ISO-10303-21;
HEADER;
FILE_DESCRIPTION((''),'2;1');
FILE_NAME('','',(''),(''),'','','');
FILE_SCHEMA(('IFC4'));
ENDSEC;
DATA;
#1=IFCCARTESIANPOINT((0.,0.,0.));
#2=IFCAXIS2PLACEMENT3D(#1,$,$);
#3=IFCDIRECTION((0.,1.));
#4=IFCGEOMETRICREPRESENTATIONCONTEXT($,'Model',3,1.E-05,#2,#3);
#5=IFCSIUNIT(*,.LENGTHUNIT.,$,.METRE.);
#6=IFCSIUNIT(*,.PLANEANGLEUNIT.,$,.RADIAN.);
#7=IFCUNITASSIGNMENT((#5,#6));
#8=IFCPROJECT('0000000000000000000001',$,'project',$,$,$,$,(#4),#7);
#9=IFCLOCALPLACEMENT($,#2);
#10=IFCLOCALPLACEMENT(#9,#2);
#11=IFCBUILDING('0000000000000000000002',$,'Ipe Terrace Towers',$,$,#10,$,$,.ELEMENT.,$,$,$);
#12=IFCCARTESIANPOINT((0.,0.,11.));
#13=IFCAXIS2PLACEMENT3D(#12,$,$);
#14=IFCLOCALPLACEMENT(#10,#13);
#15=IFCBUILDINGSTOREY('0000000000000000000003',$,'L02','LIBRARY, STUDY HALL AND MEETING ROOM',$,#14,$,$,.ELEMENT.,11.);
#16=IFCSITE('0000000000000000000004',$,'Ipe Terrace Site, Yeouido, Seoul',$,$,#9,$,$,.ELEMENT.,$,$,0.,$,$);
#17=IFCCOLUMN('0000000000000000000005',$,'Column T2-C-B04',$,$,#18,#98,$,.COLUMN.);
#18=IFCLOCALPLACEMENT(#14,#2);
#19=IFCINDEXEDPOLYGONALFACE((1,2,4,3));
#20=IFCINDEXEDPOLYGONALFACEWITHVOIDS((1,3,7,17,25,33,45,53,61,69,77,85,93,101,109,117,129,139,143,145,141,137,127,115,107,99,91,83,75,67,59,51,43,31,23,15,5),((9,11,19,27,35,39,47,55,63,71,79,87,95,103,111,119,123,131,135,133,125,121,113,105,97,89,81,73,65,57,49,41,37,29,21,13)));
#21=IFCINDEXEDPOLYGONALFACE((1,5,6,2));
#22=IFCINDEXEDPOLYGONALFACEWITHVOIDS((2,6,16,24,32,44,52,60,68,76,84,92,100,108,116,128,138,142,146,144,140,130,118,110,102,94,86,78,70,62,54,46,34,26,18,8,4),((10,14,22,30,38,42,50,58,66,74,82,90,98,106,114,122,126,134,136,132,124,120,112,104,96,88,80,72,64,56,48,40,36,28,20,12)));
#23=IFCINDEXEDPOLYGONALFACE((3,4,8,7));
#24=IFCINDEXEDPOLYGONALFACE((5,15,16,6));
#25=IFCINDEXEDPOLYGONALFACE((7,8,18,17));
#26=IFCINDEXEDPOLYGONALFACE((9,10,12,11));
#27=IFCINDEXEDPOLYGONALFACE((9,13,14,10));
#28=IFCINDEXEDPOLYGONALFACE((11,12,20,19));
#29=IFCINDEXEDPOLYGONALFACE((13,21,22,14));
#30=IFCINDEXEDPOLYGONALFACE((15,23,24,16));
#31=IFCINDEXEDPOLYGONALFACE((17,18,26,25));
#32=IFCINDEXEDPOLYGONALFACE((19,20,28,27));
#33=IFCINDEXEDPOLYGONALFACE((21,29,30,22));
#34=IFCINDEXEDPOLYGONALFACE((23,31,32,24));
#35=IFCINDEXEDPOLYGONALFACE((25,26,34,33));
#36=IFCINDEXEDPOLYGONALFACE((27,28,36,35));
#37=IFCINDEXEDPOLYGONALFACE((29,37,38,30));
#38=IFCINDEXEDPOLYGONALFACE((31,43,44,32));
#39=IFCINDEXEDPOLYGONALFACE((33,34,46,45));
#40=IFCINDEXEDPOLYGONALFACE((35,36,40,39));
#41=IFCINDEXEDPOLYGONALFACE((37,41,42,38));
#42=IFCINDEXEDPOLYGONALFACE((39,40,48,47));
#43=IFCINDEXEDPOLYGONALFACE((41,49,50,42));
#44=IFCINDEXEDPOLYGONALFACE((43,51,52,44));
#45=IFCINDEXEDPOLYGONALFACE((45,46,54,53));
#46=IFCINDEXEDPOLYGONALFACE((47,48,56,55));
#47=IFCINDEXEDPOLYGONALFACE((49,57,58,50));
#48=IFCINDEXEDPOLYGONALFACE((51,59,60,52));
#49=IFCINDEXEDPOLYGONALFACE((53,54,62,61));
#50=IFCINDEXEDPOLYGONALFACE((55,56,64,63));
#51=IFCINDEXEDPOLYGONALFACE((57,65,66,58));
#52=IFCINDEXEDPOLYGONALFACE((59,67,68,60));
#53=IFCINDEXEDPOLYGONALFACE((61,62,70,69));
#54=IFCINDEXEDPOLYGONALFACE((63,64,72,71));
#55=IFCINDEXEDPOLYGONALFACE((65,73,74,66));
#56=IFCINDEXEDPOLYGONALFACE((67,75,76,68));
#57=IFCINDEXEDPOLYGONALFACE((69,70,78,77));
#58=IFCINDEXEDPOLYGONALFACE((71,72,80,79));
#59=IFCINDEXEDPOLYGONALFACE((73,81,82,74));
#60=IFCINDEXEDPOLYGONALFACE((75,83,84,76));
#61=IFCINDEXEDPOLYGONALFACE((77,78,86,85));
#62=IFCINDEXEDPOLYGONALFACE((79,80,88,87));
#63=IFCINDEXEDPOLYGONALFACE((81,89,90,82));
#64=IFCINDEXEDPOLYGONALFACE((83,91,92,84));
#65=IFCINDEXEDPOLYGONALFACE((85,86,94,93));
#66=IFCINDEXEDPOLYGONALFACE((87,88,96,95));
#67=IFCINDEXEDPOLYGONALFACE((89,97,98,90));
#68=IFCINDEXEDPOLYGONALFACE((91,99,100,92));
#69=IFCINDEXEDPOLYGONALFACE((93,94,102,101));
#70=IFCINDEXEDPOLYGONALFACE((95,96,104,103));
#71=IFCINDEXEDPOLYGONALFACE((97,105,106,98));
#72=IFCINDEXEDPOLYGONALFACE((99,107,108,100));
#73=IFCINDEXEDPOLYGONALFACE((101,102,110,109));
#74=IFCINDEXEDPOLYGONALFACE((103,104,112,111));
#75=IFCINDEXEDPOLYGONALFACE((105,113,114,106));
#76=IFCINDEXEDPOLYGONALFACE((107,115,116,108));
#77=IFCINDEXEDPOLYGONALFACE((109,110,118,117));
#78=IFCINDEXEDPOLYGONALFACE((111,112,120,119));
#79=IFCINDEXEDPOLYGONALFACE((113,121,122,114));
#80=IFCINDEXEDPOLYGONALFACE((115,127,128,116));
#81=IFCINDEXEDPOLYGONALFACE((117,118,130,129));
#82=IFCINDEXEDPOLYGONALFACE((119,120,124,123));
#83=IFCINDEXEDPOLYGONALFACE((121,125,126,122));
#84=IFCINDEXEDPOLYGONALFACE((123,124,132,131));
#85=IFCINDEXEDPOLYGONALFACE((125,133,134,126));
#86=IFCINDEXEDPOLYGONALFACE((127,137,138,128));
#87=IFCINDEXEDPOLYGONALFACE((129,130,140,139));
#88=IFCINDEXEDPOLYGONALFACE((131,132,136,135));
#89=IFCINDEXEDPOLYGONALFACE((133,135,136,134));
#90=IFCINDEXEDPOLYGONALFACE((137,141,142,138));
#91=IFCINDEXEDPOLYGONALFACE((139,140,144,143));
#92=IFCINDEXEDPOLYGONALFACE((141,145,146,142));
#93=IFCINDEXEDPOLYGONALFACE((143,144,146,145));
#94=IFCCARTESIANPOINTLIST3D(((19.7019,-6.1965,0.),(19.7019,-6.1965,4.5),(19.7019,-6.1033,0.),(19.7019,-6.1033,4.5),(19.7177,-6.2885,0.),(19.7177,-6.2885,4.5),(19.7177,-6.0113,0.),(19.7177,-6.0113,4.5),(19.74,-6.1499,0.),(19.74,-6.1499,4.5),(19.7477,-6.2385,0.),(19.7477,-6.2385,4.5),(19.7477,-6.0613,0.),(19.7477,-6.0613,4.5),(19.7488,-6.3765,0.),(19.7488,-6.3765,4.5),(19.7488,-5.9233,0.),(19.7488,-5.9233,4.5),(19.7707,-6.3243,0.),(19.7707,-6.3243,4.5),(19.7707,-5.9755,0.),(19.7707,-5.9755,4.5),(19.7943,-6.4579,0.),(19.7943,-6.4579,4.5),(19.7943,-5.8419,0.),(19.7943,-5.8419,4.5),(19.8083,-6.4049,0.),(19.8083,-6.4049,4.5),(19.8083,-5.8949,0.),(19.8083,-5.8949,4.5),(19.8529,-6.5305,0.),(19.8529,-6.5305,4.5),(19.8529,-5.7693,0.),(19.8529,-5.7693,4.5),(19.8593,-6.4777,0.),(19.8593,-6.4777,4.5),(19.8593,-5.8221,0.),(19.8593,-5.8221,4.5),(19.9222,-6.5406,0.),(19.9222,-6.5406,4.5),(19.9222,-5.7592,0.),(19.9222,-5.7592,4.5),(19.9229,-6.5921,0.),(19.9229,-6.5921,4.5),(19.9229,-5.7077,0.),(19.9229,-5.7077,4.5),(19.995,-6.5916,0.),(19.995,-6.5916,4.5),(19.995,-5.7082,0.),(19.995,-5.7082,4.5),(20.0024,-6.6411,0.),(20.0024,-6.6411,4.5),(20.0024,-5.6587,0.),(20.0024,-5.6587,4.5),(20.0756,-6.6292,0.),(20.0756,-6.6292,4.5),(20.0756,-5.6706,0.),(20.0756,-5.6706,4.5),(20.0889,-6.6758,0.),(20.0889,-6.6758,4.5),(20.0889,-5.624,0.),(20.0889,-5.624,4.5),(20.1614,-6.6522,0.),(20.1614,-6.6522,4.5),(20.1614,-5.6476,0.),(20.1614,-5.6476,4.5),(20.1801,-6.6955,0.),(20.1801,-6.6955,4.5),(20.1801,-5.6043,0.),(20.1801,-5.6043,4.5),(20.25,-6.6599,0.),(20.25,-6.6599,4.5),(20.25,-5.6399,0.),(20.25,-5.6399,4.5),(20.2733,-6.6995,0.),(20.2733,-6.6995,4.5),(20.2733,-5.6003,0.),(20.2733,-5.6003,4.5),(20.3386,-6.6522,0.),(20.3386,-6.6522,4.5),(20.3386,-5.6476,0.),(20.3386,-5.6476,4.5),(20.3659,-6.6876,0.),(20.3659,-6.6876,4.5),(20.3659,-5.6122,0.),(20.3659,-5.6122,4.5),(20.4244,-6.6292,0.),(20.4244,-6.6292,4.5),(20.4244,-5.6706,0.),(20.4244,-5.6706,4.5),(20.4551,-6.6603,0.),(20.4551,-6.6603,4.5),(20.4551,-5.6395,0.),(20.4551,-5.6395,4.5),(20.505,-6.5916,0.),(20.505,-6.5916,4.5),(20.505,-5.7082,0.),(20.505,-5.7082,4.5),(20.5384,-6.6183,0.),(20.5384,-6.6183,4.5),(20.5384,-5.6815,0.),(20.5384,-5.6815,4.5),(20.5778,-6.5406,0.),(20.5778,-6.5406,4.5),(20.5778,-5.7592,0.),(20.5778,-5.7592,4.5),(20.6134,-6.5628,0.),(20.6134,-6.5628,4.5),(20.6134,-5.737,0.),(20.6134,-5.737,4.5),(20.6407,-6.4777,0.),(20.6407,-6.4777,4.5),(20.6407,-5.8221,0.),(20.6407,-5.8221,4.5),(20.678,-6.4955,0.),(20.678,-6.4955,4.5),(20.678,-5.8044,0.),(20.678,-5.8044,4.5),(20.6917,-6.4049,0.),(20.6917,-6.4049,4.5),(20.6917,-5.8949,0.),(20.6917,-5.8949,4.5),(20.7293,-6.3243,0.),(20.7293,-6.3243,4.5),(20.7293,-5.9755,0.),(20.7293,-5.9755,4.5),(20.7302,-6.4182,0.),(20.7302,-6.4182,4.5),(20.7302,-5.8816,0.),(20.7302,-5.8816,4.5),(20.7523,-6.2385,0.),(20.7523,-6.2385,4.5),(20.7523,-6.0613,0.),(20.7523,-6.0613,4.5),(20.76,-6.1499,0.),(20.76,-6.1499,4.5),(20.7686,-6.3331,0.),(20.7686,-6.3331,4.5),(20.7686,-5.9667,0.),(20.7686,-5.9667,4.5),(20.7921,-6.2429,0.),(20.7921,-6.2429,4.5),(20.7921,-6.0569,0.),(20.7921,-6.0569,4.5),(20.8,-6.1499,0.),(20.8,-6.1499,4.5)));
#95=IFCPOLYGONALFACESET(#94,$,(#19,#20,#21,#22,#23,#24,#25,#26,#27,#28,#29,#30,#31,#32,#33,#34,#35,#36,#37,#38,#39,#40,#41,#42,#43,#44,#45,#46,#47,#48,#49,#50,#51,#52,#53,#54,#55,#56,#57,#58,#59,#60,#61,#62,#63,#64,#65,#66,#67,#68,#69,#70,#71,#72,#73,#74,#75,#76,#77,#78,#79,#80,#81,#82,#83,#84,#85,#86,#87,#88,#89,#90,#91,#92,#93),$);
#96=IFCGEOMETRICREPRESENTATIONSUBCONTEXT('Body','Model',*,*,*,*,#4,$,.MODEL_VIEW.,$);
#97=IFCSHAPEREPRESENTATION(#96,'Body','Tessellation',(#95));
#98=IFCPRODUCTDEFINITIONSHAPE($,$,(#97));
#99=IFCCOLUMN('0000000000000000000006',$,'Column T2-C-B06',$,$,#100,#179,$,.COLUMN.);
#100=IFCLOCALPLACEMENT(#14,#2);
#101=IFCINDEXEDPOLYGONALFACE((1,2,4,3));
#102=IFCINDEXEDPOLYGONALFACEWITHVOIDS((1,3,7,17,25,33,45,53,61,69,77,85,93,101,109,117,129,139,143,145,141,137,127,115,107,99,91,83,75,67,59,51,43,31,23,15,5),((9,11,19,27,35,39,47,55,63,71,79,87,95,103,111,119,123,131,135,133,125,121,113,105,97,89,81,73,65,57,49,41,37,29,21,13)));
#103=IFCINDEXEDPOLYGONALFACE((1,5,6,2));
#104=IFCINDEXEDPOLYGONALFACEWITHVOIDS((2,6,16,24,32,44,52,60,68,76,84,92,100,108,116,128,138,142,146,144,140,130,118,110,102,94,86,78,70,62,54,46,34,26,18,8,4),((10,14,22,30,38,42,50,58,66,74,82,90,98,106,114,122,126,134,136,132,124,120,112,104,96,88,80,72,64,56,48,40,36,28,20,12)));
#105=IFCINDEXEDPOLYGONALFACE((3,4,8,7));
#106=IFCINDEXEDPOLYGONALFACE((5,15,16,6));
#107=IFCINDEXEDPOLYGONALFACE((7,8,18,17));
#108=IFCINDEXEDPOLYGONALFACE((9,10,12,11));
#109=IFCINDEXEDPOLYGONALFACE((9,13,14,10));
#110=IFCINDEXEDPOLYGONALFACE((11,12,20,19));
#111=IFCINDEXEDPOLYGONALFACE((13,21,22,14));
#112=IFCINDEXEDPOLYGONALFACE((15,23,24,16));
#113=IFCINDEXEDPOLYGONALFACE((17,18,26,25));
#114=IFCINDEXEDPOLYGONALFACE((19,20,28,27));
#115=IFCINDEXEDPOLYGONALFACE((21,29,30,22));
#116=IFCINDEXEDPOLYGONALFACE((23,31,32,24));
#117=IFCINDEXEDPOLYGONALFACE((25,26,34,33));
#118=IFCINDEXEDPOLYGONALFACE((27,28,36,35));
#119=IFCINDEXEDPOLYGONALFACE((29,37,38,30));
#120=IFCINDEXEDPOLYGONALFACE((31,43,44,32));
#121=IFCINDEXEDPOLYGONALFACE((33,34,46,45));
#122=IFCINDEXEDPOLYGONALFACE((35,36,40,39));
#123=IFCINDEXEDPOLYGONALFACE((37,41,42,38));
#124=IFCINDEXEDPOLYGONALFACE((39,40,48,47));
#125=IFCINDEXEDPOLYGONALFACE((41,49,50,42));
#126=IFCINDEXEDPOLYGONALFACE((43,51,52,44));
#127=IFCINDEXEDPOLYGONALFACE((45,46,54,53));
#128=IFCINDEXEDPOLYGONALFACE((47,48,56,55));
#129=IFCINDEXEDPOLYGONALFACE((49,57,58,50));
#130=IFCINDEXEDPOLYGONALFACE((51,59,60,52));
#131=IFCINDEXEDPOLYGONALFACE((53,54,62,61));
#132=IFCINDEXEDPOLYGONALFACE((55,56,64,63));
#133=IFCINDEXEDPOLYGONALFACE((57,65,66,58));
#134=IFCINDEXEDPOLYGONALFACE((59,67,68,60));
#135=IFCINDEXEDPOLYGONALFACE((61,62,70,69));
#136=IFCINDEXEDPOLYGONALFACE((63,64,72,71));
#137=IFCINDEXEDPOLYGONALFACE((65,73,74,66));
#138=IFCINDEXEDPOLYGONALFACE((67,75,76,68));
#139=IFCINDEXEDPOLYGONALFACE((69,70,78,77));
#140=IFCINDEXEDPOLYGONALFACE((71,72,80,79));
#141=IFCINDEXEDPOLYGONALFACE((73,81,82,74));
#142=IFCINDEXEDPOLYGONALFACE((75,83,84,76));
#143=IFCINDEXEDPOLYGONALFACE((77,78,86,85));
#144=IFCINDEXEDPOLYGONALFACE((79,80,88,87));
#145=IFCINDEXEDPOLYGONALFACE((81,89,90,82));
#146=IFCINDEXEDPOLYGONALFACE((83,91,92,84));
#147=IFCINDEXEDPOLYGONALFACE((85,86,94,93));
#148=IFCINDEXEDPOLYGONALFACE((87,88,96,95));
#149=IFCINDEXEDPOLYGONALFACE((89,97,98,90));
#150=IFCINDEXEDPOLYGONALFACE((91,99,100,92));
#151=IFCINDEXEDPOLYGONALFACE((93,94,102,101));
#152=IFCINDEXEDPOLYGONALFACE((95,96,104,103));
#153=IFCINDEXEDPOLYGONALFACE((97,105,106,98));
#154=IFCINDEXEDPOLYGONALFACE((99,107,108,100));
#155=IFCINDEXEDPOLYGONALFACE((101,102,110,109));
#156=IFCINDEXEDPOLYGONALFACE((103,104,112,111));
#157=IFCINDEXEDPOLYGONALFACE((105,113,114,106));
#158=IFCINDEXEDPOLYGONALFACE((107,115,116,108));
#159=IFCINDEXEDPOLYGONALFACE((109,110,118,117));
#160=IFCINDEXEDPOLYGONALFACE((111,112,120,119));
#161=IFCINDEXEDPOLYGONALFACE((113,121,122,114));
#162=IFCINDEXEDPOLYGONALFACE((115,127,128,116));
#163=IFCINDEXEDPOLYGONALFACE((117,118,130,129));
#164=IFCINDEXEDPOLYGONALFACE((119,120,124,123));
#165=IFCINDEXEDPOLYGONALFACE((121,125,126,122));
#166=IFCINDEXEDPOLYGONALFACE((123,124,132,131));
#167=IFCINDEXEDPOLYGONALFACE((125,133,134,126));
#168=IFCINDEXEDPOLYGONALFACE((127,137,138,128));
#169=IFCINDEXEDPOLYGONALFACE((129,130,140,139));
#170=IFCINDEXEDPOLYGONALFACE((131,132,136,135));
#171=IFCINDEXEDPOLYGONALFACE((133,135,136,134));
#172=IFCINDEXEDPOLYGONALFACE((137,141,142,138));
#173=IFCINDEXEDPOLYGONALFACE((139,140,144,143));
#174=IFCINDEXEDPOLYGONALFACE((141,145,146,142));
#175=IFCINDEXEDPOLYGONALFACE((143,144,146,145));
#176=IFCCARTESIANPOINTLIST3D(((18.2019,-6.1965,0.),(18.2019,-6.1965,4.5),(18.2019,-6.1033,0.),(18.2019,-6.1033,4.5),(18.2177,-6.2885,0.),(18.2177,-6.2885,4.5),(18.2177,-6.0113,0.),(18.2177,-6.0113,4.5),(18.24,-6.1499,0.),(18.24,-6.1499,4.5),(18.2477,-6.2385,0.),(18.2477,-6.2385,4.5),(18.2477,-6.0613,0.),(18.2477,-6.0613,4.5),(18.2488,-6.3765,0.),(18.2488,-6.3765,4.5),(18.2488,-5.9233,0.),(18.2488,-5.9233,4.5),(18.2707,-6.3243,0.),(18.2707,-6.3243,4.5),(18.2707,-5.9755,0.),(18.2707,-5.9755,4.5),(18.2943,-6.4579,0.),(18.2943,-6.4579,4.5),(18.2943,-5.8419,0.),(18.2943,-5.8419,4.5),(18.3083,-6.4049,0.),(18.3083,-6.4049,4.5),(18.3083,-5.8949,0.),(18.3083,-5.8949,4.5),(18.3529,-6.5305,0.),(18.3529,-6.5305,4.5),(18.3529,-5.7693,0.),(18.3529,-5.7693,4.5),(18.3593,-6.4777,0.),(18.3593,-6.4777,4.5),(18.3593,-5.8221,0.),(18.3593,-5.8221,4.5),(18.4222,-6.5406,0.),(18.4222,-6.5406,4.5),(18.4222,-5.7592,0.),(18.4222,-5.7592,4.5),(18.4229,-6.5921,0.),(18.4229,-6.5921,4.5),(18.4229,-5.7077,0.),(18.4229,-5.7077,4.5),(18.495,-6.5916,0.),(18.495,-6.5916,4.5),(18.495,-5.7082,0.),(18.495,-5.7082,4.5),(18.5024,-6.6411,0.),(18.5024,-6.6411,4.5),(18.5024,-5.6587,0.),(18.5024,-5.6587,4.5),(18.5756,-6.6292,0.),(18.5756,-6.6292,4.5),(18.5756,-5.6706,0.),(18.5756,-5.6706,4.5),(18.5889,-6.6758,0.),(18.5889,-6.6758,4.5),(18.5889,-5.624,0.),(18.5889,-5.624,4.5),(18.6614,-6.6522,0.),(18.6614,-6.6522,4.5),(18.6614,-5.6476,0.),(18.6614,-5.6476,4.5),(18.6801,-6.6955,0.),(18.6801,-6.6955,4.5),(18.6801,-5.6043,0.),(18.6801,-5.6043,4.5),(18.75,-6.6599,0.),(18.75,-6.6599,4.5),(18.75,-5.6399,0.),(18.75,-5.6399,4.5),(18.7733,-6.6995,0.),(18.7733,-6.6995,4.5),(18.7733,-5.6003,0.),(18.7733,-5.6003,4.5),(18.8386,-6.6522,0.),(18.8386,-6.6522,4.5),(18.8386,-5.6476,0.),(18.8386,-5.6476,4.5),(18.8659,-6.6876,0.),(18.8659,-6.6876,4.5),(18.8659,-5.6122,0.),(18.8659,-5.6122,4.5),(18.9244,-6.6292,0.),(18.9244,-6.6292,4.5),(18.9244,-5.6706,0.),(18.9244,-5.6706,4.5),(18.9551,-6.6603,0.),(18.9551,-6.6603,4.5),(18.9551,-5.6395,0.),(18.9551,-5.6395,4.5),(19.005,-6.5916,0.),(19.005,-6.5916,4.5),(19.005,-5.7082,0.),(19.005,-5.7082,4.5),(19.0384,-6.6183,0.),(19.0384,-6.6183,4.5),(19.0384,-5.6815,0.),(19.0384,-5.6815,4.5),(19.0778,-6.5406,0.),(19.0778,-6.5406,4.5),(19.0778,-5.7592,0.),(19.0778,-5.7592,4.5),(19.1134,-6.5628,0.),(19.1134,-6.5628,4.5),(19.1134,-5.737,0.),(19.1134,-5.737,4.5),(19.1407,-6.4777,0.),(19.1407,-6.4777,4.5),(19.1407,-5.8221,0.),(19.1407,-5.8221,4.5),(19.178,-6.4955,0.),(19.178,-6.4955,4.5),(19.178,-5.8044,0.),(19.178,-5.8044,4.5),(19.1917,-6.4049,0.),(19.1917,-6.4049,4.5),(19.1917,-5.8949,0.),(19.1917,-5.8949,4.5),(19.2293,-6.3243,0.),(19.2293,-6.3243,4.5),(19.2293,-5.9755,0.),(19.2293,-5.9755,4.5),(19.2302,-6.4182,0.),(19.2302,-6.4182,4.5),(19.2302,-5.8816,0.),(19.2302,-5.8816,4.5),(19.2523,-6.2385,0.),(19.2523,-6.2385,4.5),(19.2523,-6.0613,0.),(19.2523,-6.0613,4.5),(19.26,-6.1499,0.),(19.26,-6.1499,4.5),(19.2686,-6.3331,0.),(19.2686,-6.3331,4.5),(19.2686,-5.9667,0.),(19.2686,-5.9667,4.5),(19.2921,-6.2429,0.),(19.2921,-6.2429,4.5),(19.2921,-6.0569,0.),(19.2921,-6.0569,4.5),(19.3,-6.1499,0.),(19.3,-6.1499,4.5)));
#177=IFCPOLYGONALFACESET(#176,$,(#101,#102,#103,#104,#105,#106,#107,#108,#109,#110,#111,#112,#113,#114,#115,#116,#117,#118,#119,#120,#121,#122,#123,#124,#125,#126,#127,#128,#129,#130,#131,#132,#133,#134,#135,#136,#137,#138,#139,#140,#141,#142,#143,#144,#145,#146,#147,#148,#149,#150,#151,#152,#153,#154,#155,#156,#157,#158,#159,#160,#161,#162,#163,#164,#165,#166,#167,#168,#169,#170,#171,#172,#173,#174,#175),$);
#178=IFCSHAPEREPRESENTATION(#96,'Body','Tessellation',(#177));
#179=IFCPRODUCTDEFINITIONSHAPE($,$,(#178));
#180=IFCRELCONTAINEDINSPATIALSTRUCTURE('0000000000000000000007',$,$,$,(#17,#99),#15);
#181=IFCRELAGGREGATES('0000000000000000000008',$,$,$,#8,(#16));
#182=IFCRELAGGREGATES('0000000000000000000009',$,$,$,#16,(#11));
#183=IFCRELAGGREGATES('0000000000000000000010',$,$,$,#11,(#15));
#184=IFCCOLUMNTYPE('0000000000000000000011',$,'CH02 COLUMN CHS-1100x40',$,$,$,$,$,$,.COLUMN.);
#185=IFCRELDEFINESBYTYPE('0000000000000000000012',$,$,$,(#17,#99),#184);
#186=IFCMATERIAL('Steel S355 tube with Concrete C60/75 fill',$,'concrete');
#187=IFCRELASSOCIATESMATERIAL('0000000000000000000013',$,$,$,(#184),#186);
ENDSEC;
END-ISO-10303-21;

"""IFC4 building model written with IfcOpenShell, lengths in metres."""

from ifc_helpers import new_model, si_unit, direction, frame, origin, origin_2d, place, context, subcontext, project, spatial, hollow_circle, extrude, material, material_profile, profile_set, type_object, element, save


model = new_model("IFC4")

# Units and contexts
model_context = context("Model", 3, precision=1e-05, world=origin(), true_north=direction((0.0, 1.0)))
body_context = subcontext(model_context, "Body", "Model", "MODEL_VIEW")
ifc_project = project(units=[si_unit("LENGTHUNIT", "METRE"), si_unit("PLANEANGLEUNIT", "RADIAN")], contexts=[model_context])

# Site, building, storey
site_placement = place(None, origin())
site = spatial("IfcSite", under=ifc_project, at=site_placement, Name="Ipe Terrace Site, Yeouido, Seoul", CompositionType="ELEMENT", RefElevation=0.0)
building_placement = place(site_placement, origin())
building = spatial("IfcBuilding", under=site, at=building_placement, Name="Ipe Terrace Towers", CompositionType="ELEMENT")
storey_placement = place(building_placement, frame((0.0, 0.0, 11.0)))
storey = spatial("IfcBuildingStorey", under=building, at=storey_placement, Name="L02", Description="LIBRARY, STUDY HALL AND MEETING ROOM", CompositionType="ELEMENT", Elevation=11.0)

# Columns
ifc_material_1 = material(Name="Steel S355 tube with Concrete C60/75 fill", Category="concrete")
ifc_material_profile_1 = material_profile(ifc_material_1, hollow_circle(Radius=0.55, WallThickness=0.04, at=origin_2d()), Name="CHS-1100x40")
ifc_profile_set_1 = profile_set([ifc_material_profile_1], Name="Steel S355 tube with Concrete C60/75 fill")
column_type_1 = type_object("IfcColumnType", Name="CH02 COLUMN CHS-1100x40", PredefinedType="COLUMN", material=ifc_profile_set_1)
for number, where, z_axis, x_axis, name in (
    (1, (20.25, -6.1499, 0.0), (0.0, 0.0, 1.0), (1.0, 0.0, 0.0), "Column T2-C-B04"),
    (2, (18.75, -6.1499, 0.0), (0.0, 0.0, 1.0), (1.0, 0.0, 0.0), "Column T2-C-B06"),
):
    element("IfcColumn", number, at=place(storey_placement, frame(where, z_axis=z_axis, x_axis=x_axis)), inside=storey, type_object=column_type_1, Name=name, PredefinedType="COLUMN", context=body_context, shape_type="SweptSolid", body=[
        extrude(hollow_circle(Radius=0.55, WallThickness=0.04, at=origin_2d()), origin(), (0.0, 0.0, 1.0), 4.5),
    ])

save(model, "model.ifc")
